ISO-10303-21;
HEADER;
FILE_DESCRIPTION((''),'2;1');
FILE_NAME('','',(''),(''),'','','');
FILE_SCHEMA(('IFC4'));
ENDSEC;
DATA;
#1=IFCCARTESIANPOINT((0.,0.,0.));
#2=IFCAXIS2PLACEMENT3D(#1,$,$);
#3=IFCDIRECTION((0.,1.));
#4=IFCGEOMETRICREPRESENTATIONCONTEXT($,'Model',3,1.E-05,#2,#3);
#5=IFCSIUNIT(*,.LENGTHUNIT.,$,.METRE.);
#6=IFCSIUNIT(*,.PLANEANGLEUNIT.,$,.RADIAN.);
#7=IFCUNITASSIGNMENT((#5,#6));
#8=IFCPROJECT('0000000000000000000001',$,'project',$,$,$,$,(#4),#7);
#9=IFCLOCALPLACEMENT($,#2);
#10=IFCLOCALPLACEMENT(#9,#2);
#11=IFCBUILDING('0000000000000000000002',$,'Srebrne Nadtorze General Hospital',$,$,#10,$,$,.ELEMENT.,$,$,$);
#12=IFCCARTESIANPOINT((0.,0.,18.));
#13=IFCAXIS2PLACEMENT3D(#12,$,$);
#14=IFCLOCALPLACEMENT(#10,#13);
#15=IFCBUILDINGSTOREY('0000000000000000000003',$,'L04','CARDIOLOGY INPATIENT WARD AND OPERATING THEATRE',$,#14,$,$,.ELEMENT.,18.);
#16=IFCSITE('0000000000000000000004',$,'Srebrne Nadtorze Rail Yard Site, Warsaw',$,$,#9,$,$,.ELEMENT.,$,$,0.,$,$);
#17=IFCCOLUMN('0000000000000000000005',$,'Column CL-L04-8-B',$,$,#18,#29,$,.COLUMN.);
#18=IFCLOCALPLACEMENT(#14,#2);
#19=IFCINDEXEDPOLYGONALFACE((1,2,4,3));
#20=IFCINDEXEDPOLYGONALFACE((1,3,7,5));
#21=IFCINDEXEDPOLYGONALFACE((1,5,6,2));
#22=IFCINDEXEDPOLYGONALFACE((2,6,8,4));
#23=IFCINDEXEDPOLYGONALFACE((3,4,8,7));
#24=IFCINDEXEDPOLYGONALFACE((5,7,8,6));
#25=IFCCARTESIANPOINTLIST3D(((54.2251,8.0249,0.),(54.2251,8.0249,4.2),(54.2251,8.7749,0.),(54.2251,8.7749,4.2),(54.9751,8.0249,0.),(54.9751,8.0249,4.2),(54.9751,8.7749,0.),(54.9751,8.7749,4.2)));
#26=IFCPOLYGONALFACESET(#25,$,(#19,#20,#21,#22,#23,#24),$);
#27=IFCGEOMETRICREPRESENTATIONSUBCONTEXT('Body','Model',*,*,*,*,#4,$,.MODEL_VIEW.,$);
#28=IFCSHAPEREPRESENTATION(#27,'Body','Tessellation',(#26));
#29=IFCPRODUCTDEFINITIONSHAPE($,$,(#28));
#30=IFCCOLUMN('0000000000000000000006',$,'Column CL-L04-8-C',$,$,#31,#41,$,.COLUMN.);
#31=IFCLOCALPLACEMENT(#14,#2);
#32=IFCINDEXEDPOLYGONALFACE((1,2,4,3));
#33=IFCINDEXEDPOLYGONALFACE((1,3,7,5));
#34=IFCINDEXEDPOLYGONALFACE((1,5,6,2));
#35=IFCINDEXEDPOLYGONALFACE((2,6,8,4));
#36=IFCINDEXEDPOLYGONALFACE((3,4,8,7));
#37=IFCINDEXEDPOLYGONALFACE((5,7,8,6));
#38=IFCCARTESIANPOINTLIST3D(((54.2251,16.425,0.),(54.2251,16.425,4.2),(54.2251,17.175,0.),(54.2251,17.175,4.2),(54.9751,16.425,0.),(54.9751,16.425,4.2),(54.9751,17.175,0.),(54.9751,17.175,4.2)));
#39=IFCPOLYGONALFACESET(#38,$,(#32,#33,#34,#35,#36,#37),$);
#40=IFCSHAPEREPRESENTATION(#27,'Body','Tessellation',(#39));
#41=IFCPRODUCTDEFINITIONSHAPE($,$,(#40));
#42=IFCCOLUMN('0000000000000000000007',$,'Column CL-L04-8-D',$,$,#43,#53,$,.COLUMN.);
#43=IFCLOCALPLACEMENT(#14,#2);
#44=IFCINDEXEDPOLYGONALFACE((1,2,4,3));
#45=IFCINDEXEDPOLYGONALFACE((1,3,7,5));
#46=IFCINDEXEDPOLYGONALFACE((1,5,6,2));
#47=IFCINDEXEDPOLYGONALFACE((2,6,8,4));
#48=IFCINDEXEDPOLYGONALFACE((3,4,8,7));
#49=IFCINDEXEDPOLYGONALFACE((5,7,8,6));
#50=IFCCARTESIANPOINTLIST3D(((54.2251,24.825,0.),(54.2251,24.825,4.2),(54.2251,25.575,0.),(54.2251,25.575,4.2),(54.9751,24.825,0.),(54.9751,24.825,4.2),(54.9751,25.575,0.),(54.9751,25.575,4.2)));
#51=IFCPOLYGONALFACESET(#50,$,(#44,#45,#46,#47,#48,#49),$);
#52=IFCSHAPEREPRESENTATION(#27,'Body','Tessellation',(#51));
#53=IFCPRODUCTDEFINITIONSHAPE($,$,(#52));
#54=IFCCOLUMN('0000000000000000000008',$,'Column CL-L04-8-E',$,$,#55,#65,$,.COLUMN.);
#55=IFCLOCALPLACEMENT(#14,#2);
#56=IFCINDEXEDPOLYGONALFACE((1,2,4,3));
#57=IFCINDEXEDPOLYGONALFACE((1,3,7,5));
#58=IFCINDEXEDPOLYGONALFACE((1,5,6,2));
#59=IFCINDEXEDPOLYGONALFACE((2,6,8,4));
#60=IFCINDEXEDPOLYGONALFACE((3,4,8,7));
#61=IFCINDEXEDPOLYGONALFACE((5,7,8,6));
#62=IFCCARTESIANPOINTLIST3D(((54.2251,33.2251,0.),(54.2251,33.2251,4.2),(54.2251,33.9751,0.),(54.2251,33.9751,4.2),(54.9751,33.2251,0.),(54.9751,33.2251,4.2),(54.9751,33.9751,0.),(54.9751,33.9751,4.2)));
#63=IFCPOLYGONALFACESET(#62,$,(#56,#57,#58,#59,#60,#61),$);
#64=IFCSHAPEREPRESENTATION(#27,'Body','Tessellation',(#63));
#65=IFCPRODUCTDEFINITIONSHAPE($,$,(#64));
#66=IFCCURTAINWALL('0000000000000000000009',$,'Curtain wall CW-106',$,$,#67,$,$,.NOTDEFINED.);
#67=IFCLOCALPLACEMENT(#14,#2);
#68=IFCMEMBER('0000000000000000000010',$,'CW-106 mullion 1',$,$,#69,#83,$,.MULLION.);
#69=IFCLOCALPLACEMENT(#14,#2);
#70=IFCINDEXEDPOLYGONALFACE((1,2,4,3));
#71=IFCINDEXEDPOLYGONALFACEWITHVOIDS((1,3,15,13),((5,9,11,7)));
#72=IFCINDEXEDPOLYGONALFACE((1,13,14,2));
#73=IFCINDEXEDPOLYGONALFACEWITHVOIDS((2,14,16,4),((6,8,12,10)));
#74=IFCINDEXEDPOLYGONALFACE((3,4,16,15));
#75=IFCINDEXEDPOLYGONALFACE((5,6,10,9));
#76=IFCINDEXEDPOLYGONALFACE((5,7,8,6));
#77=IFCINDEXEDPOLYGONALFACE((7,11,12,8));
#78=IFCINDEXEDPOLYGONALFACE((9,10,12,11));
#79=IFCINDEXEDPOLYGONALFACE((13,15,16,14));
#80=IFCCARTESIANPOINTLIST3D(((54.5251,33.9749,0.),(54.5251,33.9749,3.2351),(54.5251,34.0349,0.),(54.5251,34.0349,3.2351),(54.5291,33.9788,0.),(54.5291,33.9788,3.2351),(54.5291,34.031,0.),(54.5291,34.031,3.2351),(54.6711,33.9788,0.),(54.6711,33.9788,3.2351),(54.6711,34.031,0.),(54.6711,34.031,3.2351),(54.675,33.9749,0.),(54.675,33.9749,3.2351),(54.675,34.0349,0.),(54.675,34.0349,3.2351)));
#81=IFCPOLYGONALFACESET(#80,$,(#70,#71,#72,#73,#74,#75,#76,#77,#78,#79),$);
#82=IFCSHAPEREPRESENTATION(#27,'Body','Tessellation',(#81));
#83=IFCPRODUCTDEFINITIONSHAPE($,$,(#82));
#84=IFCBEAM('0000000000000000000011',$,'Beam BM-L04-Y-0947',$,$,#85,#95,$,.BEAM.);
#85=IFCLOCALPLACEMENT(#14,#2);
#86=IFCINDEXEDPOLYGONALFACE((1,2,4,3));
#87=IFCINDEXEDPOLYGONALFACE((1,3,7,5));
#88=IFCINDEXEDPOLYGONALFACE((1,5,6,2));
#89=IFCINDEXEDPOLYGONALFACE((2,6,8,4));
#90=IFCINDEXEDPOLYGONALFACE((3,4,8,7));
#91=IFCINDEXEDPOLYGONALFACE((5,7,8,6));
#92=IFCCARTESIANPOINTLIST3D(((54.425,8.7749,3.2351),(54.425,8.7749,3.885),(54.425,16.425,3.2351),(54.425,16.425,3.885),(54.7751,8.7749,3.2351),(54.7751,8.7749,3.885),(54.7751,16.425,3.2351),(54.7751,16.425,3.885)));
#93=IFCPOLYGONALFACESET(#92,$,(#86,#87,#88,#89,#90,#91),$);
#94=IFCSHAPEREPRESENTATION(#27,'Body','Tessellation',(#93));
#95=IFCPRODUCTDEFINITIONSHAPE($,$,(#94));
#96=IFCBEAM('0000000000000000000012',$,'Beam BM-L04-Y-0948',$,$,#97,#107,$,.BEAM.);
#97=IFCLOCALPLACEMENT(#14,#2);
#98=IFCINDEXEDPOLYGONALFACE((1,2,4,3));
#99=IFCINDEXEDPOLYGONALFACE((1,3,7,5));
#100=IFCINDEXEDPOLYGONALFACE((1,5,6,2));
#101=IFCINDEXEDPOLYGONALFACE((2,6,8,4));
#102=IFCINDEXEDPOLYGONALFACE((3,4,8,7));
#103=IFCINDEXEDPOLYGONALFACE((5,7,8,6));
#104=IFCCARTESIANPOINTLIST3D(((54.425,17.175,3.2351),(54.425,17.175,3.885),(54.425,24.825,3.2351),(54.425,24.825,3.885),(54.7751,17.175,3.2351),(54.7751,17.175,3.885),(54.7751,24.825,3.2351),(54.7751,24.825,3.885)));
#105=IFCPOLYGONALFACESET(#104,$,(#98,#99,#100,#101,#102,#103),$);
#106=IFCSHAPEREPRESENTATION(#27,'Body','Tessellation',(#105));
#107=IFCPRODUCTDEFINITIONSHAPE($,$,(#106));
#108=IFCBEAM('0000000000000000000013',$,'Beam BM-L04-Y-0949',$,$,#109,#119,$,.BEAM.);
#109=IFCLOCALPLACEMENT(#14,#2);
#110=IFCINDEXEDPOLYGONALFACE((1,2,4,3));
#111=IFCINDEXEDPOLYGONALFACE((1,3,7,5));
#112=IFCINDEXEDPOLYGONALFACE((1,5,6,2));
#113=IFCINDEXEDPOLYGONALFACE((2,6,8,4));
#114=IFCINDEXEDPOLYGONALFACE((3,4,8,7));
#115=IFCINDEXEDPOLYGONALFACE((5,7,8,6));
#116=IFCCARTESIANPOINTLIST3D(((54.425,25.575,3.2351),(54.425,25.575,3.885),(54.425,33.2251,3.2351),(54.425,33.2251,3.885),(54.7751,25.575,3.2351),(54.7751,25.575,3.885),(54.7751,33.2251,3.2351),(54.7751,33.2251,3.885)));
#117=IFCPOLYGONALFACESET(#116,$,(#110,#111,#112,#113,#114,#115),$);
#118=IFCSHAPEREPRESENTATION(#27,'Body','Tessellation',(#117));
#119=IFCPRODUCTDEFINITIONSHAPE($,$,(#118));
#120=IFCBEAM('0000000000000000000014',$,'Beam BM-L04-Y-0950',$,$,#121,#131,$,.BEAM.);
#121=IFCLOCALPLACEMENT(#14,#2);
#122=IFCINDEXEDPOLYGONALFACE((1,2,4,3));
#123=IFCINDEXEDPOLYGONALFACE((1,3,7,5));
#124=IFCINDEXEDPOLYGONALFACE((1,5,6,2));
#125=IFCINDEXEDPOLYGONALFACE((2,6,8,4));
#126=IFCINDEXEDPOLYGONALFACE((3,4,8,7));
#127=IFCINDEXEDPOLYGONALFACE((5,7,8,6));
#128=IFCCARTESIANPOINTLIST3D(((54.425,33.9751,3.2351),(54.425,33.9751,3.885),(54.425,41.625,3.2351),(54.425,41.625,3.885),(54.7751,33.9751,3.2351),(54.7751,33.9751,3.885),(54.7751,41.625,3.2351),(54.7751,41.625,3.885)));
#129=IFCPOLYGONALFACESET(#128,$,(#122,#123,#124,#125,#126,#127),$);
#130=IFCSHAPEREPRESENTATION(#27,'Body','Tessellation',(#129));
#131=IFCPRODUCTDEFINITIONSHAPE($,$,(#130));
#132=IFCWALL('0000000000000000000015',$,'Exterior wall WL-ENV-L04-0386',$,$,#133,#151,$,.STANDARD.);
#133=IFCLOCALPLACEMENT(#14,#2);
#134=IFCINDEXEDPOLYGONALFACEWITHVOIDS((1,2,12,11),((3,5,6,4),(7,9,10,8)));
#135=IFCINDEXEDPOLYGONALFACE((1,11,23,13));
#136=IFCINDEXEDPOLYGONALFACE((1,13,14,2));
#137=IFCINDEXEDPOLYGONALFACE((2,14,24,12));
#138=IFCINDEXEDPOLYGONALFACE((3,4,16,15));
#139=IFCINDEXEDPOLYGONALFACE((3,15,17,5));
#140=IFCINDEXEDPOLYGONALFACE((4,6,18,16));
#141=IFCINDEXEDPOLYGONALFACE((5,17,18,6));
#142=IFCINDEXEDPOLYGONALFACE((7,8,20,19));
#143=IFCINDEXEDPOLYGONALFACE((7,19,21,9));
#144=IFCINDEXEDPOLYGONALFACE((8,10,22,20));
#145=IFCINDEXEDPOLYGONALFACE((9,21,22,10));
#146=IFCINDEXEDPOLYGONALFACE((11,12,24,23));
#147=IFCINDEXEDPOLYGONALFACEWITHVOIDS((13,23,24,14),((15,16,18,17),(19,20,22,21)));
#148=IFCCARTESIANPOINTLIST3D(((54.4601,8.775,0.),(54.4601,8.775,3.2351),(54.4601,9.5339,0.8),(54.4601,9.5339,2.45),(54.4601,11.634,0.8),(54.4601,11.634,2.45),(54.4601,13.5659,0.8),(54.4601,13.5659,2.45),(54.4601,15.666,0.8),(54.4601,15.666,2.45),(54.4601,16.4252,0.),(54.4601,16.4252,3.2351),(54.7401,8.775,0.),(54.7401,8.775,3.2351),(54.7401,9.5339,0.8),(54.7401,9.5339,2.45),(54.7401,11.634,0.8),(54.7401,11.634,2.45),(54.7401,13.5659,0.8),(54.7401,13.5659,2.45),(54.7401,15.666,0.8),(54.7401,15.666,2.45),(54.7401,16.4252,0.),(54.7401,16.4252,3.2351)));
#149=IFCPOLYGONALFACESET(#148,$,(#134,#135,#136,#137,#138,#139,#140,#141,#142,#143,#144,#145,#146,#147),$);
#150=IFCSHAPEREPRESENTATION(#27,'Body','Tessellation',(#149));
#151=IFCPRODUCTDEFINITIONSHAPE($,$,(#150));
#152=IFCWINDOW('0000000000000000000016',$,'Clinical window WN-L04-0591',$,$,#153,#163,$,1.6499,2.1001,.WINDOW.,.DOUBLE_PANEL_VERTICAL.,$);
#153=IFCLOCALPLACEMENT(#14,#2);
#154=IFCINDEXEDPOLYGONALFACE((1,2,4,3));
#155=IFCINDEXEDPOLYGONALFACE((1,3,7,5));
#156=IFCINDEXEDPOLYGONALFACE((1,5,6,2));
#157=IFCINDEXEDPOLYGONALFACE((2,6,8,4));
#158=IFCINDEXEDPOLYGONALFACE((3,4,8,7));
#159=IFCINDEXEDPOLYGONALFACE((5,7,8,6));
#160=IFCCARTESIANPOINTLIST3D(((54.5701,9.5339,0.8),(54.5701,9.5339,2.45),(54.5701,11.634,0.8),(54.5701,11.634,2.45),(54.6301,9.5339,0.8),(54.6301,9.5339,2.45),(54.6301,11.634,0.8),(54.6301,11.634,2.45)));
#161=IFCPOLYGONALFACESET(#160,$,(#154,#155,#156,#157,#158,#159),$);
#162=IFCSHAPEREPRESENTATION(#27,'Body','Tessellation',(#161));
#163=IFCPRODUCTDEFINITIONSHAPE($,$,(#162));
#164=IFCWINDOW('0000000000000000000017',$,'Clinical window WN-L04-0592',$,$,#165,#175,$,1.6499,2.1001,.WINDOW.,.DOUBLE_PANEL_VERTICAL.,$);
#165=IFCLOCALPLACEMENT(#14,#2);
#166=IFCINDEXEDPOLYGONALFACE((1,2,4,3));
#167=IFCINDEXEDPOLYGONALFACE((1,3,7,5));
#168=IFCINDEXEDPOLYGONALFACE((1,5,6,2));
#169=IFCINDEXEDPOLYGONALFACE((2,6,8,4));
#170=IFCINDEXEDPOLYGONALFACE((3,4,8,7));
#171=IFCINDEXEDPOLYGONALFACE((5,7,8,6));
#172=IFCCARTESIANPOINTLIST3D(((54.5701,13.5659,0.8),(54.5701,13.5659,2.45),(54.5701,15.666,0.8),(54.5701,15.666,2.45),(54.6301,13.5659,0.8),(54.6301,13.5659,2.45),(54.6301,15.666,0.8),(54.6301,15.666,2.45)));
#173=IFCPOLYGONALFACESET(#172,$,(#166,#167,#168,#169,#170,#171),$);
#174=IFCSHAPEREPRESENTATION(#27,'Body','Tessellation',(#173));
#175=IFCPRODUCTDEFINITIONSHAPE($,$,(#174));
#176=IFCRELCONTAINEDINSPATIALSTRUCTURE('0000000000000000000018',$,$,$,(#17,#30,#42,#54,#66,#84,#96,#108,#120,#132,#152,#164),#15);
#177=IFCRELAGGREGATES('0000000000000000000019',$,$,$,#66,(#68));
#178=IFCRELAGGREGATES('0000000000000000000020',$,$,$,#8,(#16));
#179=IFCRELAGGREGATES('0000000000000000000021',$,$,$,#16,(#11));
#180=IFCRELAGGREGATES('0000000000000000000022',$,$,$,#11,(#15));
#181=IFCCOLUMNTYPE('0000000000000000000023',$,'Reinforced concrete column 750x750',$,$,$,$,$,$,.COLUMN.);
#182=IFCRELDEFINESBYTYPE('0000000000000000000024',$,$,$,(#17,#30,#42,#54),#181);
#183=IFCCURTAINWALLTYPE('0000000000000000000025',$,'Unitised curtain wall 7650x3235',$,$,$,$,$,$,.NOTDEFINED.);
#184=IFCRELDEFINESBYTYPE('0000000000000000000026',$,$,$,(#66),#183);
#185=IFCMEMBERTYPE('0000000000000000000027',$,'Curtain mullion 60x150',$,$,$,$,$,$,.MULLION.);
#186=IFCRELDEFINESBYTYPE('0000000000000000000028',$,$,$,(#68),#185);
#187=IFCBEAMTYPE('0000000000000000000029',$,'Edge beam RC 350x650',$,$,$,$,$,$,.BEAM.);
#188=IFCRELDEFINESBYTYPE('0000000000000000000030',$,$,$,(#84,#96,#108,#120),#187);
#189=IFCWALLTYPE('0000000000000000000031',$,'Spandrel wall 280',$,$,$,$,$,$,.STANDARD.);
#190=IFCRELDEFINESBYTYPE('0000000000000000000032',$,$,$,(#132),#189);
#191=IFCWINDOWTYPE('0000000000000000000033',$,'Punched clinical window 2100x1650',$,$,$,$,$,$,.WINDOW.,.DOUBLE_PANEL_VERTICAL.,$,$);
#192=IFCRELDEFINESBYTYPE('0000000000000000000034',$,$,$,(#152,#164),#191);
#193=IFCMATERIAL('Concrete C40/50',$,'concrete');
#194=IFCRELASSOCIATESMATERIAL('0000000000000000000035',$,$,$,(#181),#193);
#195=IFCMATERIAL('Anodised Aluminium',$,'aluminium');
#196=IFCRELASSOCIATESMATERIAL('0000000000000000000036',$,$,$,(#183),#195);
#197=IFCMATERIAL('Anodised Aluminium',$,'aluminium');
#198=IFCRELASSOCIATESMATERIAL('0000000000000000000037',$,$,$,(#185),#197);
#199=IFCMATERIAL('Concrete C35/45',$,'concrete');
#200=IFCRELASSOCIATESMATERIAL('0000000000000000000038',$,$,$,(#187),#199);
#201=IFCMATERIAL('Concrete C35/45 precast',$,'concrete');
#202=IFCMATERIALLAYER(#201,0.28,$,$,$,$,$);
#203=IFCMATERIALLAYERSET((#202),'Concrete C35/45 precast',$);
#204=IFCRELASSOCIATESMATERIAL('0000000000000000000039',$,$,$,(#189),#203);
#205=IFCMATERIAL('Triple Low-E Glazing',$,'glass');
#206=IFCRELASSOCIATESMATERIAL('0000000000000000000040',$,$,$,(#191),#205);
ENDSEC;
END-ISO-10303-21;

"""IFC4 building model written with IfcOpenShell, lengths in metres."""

from ifc_helpers import new_model, si_unit, direction, frame, frame_2d, origin, origin_2d, place, context, subcontext, project, spatial, rectangle, hollow_rectangle, extrude, material, layer, layer_set, material_profile, profile_set, type_object, element, fill, aggregate, save


model = new_model("IFC4")

# Units and contexts
model_context = context("Model", 3, precision=1e-05, world=origin(), true_north=direction((0.0, 1.0)))
body_context = subcontext(model_context, "Body", "Model", "MODEL_VIEW")
ifc_project = project(units=[si_unit("LENGTHUNIT", "METRE"), si_unit("PLANEANGLEUNIT", "RADIAN")], contexts=[model_context])

# Site, building, storey
site_placement = place(None, origin())
site = spatial("IfcSite", under=ifc_project, at=site_placement, Name="Srebrne Nadtorze Rail Yard Site, Warsaw", CompositionType="ELEMENT", RefElevation=0.0)
building_placement = place(site_placement, origin())
building = spatial("IfcBuilding", under=site, at=building_placement, Name="Srebrne Nadtorze General Hospital", CompositionType="ELEMENT")
storey_placement = place(building_placement, frame((0.0, 0.0, 18.0)))
storey = spatial("IfcBuildingStorey", under=building, at=storey_placement, Name="L04", Description="CARDIOLOGY INPATIENT WARD AND OPERATING THEATRE", CompositionType="ELEMENT", Elevation=18.0)

# Columns
ifc_material_1 = material(Name="Concrete C40/50", Category="concrete")
ifc_material_profile_1 = material_profile(ifc_material_1, rectangle(XDim=0.75, YDim=0.75, at=origin_2d()), Name="RC-COL-750x750")
ifc_profile_set_1 = profile_set([ifc_material_profile_1], Name="Concrete C40/50")
column_type = type_object("IfcColumnType", Name="Reinforced concrete column 750x750", PredefinedType="COLUMN", material=ifc_profile_set_1)
for number, where, z_axis, x_axis, name in (
    (1, (54.6001, 8.3999, 0.0), (0.0, 0.0, 1.0), (1.0, 0.0, 0.0), "Column CL-L04-8-B"),
    (2, (54.6001, 16.8, 0.0), (0.0, 0.0, 1.0), (1.0, 0.0, 0.0), "Column CL-L04-8-C"),
    (3, (54.6001, 25.2, 0.0), (0.0, 0.0, 1.0), (1.0, 0.0, 0.0), "Column CL-L04-8-D"),
    (4, (54.6001, 33.6001, 0.0), (0.0, 0.0, 1.0), (1.0, 0.0, 0.0), "Column CL-L04-8-E"),
):
    element("IfcColumn", number, at=place(storey_placement, frame(where, z_axis=z_axis, x_axis=x_axis)), inside=storey, type_object=column_type, Name=name, PredefinedType="COLUMN", context=body_context, shape_type="SweptSolid", body=[
        extrude(rectangle(XDim=0.75, YDim=0.75, at=origin_2d()), origin(), (0.0, 0.0, 1.0), 4.2),
    ])

# Curtain wall, member
ifc_material_2 = material(Name="Anodised Aluminium", Category="aluminium")
curtain_wall_type = type_object("IfcCurtainWallType", Name="Unitised curtain wall 7650x3235", PredefinedType="NOTDEFINED", material=ifc_material_2)
curtain_wall_placement = place(storey_placement, origin())
curtain_wall = element("IfcCurtainWall", 5, at=curtain_wall_placement, inside=storey, type_object=curtain_wall_type, Name="Curtain wall CW-106", PredefinedType="NOTDEFINED")
ifc_material_3 = material(Name="Anodised Aluminium", Category="aluminium")
ifc_material_profile_2 = material_profile(ifc_material_3, hollow_rectangle(XDim=0.0601, YDim=0.1499, WallThickness=0.0039, at=origin_2d()), Name="AL-MUL-60x150")
ifc_profile_set_2 = profile_set([ifc_material_profile_2], Name="Anodised Aluminium")
member_type = type_object("IfcMemberType", Name="Curtain mullion 60x150", PredefinedType="MULLION", material=ifc_profile_set_2)
member_placement = place(storey_placement, frame((54.6001, 34.0049, 0.0), z_axis=(0.0, 0.0, 1.0), x_axis=(0.0, 1.0, 0.0)))
member = element("IfcMember", 6, at=member_placement, type_object=member_type, Name="CW-106 mullion 1", PredefinedType="MULLION", context=body_context, shape_type="SweptSolid", body=[
    extrude(hollow_rectangle(XDim=0.0601, YDim=0.1499, WallThickness=0.0039, at=origin_2d()), origin(), (0.0, 0.0, 1.0), 3.2351),
])
aggregate(curtain_wall, [member])

# Beams
ifc_material_4 = material(Name="Concrete C35/45", Category="concrete")
ifc_material_profile_3 = material_profile(ifc_material_4, rectangle(XDim=0.3501, YDim=0.6499, at=origin_2d()), Name="RC-BM-350x650")
ifc_profile_set_3 = profile_set([ifc_material_profile_3], Name="Concrete C35/45")
beam_type = type_object("IfcBeamType", Name="Edge beam RC 350x650", PredefinedType="BEAM", material=ifc_profile_set_3)
beam_1_placement = place(storey_placement, frame((54.6001, 8.7749, 3.5601), z_axis=(0.0, 1.0, 0.0), x_axis=(-1.0, 0.0, 0.0)))
element("IfcBeam", 7, at=beam_1_placement, inside=storey, type_object=beam_type, Name="Beam BM-L04-Y-0947", PredefinedType="BEAM", context=body_context, shape_type="SweptSolid", body=[
    extrude(rectangle(XDim=0.3501, YDim=0.6499, at=origin_2d()), origin(), (0.0, 0.0, 1.0), 7.6501),
])
beam_2_placement = place(storey_placement, frame((54.6001, 17.175, 3.5601), z_axis=(0.0, 1.0, 0.0), x_axis=(-1.0, 0.0, 0.0)))
element("IfcBeam", 8, at=beam_2_placement, inside=storey, type_object=beam_type, Name="Beam BM-L04-Y-0948", PredefinedType="BEAM", context=body_context, shape_type="SweptSolid", body=[
    extrude(rectangle(XDim=0.3501, YDim=0.6499, at=origin_2d()), origin(), (0.0, 0.0, 1.0), 7.6499),
])
beam_3_placement = place(storey_placement, frame((54.6001, 25.575, 3.5601), z_axis=(0.0, 1.0, 0.0), x_axis=(-1.0, 0.0, 0.0)))
element("IfcBeam", 9, at=beam_3_placement, inside=storey, type_object=beam_type, Name="Beam BM-L04-Y-0949", PredefinedType="BEAM", context=body_context, shape_type="SweptSolid", body=[
    extrude(rectangle(XDim=0.3501, YDim=0.6499, at=origin_2d()), origin(), (0.0, 0.0, 1.0), 7.6501),
])
beam_4_placement = place(storey_placement, frame((54.6001, 33.9751, 3.5601), z_axis=(0.0, 1.0, 0.0), x_axis=(-1.0, 0.0, 0.0)))
element("IfcBeam", 10, at=beam_4_placement, inside=storey, type_object=beam_type, Name="Beam BM-L04-Y-0950", PredefinedType="BEAM", context=body_context, shape_type="SweptSolid", body=[
    extrude(rectangle(XDim=0.3501, YDim=0.6499, at=origin_2d()), origin(), (0.0, 0.0, 1.0), 7.6499),
])

# Wall, openings, windows
ifc_material_5 = material(Name="Concrete C35/45 precast", Category="concrete")
ifc_layer_1 = layer(ifc_material_5, 0.28)
ifc_layer_set_1 = layer_set([ifc_layer_1], Name="Concrete C35/45 precast")
wall_type = type_object("IfcWallType", Name="Spandrel wall 280", PredefinedType="STANDARD", material=ifc_layer_set_1)
wall_1_placement = place(storey_placement, frame((54.6001, 8.7749, 0.0), z_axis=(0.0, 0.0, 1.0), x_axis=(0.0, 1.0, 0.0)))
wall_1 = element("IfcWall", 11, at=wall_1_placement, inside=storey, type_object=wall_type, Name="Exterior wall WL-ENV-L04-0386", PredefinedType="STANDARD", context=body_context, shape_type="SweptSolid", body=[
    extrude(rectangle(XDim=7.6501, YDim=0.28, at=frame_2d((3.8252, 0.0))), origin(), (0.0, 0.0, 1.0), 3.2351),
])
opening_1_placement = place(wall_1_placement, frame((0.759, 0.0, 0.8)))
opening_1 = element("IfcOpeningElement", 12, at=opening_1_placement, cuts=wall_1, PredefinedType="OPENING", context=body_context, shape_type="SweptSolid", body=[
    extrude(rectangle(XDim=2.1001, YDim=1.6499, at=frame_2d((1.05, 0.825))), frame((0.0, 0.1519, 0.0), z_axis=(0.0, -1.0, 0.0), x_axis=(1.0, 0.0, 0.0)), (0.0, 0.0, 1.0), 0.304),
])
opening_2_placement = place(wall_1_placement, frame((4.791, 0.0, 0.8)))
opening_2 = element("IfcOpeningElement", 13, at=opening_2_placement, cuts=wall_1, PredefinedType="OPENING", context=body_context, shape_type="SweptSolid", body=[
    extrude(rectangle(XDim=2.1001, YDim=1.6499, at=frame_2d((1.05, 0.825))), frame((0.0, 0.1519, 0.0), z_axis=(0.0, -1.0, 0.0), x_axis=(1.0, 0.0, 0.0)), (0.0, 0.0, 1.0), 0.304),
])
ifc_material_6 = material(Name="Triple Low-E Glazing", Category="glass")
window_type_1 = type_object("IfcWindowType", Name="Punched clinical window 2100x1650", PartitioningType="DOUBLE_PANEL_VERTICAL", PredefinedType="WINDOW", material=ifc_material_6)
window_1_placement = place(opening_1_placement, origin())
window_1 = element("IfcWindow", 14, at=window_1_placement, inside=storey, type_object=window_type_1, Name="Clinical window WN-L04-0591", OverallHeight=1.6499, OverallWidth=2.1001, PartitioningType="DOUBLE_PANEL_VERTICAL", PredefinedType="WINDOW", context=body_context, shape_type="SweptSolid", body=[
    extrude(rectangle(XDim=2.1001, YDim=1.6499, at=frame_2d((1.05, 0.825))), frame((0.0, 0.03, 0.0), z_axis=(0.0, -1.0, 0.0), x_axis=(1.0, 0.0, 0.0)), (0.0, 0.0, 1.0), 0.0601),
])
fill(opening_1, window_1)
window_2_placement = place(opening_2_placement, origin())
window_2 = element("IfcWindow", 15, at=window_2_placement, inside=storey, type_object=window_type_1, Name="Clinical window WN-L04-0592", OverallHeight=1.6499, OverallWidth=2.1001, PartitioningType="DOUBLE_PANEL_VERTICAL", PredefinedType="WINDOW", context=body_context, shape_type="SweptSolid", body=[
    extrude(rectangle(XDim=2.1001, YDim=1.6499, at=frame_2d((1.05, 0.825))), frame((0.0, 0.03, 0.0), z_axis=(0.0, -1.0, 0.0), x_axis=(1.0, 0.0, 0.0)), (0.0, 0.0, 1.0), 0.0601),
])
fill(opening_2, window_2)

save(model, "model.ifc")
